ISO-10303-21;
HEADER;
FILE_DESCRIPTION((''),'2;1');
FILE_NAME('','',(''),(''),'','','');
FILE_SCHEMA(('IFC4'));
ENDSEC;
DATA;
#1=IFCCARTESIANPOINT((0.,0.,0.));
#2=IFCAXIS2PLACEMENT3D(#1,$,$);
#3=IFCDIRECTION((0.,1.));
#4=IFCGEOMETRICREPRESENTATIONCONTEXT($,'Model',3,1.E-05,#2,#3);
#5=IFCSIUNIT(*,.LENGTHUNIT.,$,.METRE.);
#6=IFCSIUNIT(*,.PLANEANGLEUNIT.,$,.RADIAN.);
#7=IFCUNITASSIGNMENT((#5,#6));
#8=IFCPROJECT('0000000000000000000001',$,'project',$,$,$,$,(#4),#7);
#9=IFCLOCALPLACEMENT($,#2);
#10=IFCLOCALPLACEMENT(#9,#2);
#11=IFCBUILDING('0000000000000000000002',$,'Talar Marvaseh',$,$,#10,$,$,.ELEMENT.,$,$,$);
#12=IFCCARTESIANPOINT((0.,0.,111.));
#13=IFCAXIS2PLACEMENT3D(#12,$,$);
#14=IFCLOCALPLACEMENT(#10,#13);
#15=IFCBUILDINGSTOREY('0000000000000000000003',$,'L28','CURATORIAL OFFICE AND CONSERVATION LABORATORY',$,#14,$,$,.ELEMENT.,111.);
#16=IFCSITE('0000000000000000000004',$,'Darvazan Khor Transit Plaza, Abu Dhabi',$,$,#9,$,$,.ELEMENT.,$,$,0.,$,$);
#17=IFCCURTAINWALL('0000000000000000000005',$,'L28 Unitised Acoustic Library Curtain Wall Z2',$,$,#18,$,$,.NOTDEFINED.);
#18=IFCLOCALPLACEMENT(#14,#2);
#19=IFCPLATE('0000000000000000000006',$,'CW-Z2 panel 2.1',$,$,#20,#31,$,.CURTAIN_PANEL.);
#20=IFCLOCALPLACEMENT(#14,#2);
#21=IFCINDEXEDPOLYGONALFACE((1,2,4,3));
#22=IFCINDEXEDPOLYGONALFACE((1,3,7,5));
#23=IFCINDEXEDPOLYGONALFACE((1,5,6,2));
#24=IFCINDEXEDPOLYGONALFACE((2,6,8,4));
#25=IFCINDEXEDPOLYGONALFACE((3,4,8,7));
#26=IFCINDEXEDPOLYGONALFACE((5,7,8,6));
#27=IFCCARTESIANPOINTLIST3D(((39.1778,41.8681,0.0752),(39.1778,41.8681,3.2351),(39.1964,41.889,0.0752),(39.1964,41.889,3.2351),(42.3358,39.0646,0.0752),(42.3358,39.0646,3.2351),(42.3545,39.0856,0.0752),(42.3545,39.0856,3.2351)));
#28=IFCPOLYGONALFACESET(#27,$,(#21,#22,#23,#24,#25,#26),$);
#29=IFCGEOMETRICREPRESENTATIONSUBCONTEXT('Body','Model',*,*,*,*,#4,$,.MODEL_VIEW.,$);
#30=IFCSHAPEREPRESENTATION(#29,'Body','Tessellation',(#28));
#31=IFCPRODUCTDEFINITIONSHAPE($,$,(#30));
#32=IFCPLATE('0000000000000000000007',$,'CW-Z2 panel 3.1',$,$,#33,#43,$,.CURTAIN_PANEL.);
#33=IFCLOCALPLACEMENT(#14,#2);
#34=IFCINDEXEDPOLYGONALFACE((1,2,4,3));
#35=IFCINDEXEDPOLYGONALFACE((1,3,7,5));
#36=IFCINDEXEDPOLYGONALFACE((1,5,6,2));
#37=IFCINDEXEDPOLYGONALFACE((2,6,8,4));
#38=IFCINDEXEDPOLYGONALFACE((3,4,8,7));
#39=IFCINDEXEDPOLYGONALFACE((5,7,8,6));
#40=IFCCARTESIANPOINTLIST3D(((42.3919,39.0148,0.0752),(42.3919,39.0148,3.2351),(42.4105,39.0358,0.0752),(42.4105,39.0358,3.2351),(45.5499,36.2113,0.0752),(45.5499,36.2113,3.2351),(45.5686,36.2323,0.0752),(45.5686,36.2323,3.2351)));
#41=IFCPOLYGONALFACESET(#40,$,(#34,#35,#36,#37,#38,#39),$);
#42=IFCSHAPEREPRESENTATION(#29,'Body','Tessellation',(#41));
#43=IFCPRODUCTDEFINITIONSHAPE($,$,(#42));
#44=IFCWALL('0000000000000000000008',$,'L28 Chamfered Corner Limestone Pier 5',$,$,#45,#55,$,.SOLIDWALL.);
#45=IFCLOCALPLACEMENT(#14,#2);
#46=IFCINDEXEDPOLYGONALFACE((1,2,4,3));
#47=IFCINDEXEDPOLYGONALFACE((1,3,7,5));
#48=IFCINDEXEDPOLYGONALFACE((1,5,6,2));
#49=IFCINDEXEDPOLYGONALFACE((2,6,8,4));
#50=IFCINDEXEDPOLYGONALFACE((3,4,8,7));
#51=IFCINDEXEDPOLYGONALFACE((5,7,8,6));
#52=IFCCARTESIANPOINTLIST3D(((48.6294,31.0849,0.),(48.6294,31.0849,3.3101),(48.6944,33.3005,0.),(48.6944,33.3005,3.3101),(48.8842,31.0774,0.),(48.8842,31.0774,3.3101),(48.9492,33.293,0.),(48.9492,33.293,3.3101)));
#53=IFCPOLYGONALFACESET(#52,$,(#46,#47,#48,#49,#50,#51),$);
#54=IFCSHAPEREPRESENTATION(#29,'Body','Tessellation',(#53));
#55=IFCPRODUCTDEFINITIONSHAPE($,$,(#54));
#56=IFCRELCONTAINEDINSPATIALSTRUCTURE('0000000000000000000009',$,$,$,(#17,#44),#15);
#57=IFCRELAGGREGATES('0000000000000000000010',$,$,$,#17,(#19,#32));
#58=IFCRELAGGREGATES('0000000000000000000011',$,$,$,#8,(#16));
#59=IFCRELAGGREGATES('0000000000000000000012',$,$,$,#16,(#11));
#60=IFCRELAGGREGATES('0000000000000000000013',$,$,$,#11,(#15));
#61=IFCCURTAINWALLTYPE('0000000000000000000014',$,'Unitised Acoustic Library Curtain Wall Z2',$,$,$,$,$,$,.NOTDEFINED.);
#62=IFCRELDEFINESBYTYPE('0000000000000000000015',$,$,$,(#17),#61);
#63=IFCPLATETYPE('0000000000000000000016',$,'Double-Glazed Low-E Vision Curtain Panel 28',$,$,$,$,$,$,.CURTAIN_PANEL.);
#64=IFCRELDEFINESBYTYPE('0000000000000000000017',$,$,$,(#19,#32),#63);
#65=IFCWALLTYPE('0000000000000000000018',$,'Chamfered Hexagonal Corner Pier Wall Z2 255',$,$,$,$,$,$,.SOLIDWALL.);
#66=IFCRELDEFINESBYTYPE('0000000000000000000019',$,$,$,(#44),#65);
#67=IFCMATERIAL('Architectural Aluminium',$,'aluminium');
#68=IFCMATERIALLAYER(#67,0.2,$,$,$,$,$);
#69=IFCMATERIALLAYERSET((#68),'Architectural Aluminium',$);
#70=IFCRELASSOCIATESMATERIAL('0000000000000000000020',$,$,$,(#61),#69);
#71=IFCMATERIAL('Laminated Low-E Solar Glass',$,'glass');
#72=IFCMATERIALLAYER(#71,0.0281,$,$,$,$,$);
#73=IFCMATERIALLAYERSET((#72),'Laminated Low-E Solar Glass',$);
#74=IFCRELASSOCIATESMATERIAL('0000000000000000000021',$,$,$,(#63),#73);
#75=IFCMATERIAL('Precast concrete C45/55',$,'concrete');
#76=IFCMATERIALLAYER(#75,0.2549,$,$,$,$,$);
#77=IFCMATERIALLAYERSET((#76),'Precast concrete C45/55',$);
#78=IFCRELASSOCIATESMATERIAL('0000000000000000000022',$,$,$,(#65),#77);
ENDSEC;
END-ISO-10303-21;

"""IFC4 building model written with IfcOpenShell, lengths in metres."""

from ifc_helpers import new_model, si_unit, direction, frame, frame_2d, origin, origin_2d, place, context, subcontext, project, spatial, rectangle, extrude, source, transform, mapped, material, layer, layer_set, type_object, element, aggregate, save


model = new_model("IFC4")

# Units and contexts
model_context = context("Model", 3, precision=1e-05, world=origin(), true_north=direction((0.0, 1.0)))
body_context = subcontext(model_context, "Body", "Model", "MODEL_VIEW")
ifc_project = project(units=[si_unit("LENGTHUNIT", "METRE"), si_unit("PLANEANGLEUNIT", "RADIAN")], contexts=[model_context])

# Site, building, storey
site_placement = place(None, origin())
site = spatial("IfcSite", under=ifc_project, at=site_placement, Name="Darvazan Khor Transit Plaza, Abu Dhabi", CompositionType="ELEMENT", RefElevation=0.0)
building_placement = place(site_placement, origin())
building = spatial("IfcBuilding", under=site, at=building_placement, Name="Talar Marvaseh", CompositionType="ELEMENT")
storey_placement = place(building_placement, frame((0.0, 0.0, 111.0)))
storey = spatial("IfcBuildingStorey", under=building, at=storey_placement, Name="L28", Description="CURATORIAL OFFICE AND CONSERVATION LABORATORY", CompositionType="ELEMENT", Elevation=111.0)

# Curtain wall
ifc_material_1 = material(Name="Architectural Aluminium", Category="aluminium")
ifc_layer_1 = layer(ifc_material_1, 0.2)
ifc_layer_set_1 = layer_set([ifc_layer_1], Name="Architectural Aluminium")
curtain_wall_type = type_object("IfcCurtainWallType", Name="Unitised Acoustic Library Curtain Wall Z2", PredefinedType="NOTDEFINED", material=ifc_layer_set_1)
curtain_wall_1_placement = place(storey_placement, origin())
curtain_wall_1 = element("IfcCurtainWall", 1, at=curtain_wall_1_placement, inside=storey, type_object=curtain_wall_type, Name="L28 Unitised Acoustic Library Curtain Wall Z2", PredefinedType="NOTDEFINED")

# Plates
ifc_material_2 = material(Name="Laminated Low-E Solar Glass", Category="glass")
ifc_layer_2 = layer(ifc_material_2, 0.0281)
ifc_layer_set_2 = layer_set([ifc_layer_2], Name="Laminated Low-E Solar Glass")
plate_type = type_object("IfcPlateType", Name="Double-Glazed Low-E Vision Curtain Panel 28", PredefinedType="CURTAIN_PANEL", material=ifc_layer_set_2)
shared_shape_1 = source(origin(), body_context, "Body", "SweptSolid", [
    extrude(rectangle(XDim=4.2229, YDim=0.0281, at=origin_2d()), origin(), (0.0, 0.0, 1.0), 3.1599),
])
plate_1_placement = place(storey_placement, frame((40.7661, 40.4768, 0.0752), z_axis=(0.0, 0.0, 1.0), x_axis=(0.747842, -0.663877, 0.0)))
plate_1 = element("IfcPlate", 2, at=plate_1_placement, type_object=plate_type, Name="CW-Z2 panel 2.1", PredefinedType="CURTAIN_PANEL", context=body_context, shape_type="MappedRepresentation", body=[
    mapped(shared_shape_1, transform((0.0, 0.0, 0.0), x_axis=(1.0, 0.0, 0.0), y_axis=(0.0, 1.0, 0.0), z_axis=(0.0, 0.0, 1.0), scale=1.0)),
])
plate_2_placement = place(storey_placement, frame((43.9802, 37.6235, 0.0752), z_axis=(0.0, 0.0, 1.0), x_axis=(0.747842, -0.663877, 0.0)))
plate_2 = element("IfcPlate", 3, at=plate_2_placement, type_object=plate_type, Name="CW-Z2 panel 3.1", PredefinedType="CURTAIN_PANEL", context=body_context, shape_type="MappedRepresentation", body=[
    mapped(shared_shape_1, transform((0.0, 0.0, 0.0), x_axis=(1.0, 0.0, 0.0), y_axis=(0.0, 1.0, 0.0), z_axis=(0.0, 0.0, 1.0), scale=1.0)),
])
aggregate(curtain_wall_1, [plate_1, plate_2])

# Wall
ifc_material_3 = material(Name="Precast concrete C45/55", Category="concrete")
ifc_layer_3 = layer(ifc_material_3, 0.2549)
ifc_layer_set_3 = layer_set([ifc_layer_3], Name="Precast concrete C45/55")
wall_type = type_object("IfcWallType", Name="Chamfered Hexagonal Corner Pier Wall Z2 255", PredefinedType="SOLIDWALL", material=ifc_layer_set_3)
wall_placement = place(storey_placement, frame((48.8218, 33.2969, 0.0), z_axis=(0.0, 0.0, 1.0), x_axis=(-0.029299, -0.999571, 0.0)))
element("IfcWall", 4, at=wall_placement, inside=storey, type_object=wall_type, Name="L28 Chamfered Corner Limestone Pier 5", PredefinedType="SOLIDWALL", context=body_context, shape_type="SweptSolid", body=[
    extrude(rectangle(XDim=2.2166, YDim=0.2549, at=frame_2d((1.1084, 0.0))), origin(), (0.0, 0.0, 1.0), 3.3101),
])

save(model, "model.ifc")
